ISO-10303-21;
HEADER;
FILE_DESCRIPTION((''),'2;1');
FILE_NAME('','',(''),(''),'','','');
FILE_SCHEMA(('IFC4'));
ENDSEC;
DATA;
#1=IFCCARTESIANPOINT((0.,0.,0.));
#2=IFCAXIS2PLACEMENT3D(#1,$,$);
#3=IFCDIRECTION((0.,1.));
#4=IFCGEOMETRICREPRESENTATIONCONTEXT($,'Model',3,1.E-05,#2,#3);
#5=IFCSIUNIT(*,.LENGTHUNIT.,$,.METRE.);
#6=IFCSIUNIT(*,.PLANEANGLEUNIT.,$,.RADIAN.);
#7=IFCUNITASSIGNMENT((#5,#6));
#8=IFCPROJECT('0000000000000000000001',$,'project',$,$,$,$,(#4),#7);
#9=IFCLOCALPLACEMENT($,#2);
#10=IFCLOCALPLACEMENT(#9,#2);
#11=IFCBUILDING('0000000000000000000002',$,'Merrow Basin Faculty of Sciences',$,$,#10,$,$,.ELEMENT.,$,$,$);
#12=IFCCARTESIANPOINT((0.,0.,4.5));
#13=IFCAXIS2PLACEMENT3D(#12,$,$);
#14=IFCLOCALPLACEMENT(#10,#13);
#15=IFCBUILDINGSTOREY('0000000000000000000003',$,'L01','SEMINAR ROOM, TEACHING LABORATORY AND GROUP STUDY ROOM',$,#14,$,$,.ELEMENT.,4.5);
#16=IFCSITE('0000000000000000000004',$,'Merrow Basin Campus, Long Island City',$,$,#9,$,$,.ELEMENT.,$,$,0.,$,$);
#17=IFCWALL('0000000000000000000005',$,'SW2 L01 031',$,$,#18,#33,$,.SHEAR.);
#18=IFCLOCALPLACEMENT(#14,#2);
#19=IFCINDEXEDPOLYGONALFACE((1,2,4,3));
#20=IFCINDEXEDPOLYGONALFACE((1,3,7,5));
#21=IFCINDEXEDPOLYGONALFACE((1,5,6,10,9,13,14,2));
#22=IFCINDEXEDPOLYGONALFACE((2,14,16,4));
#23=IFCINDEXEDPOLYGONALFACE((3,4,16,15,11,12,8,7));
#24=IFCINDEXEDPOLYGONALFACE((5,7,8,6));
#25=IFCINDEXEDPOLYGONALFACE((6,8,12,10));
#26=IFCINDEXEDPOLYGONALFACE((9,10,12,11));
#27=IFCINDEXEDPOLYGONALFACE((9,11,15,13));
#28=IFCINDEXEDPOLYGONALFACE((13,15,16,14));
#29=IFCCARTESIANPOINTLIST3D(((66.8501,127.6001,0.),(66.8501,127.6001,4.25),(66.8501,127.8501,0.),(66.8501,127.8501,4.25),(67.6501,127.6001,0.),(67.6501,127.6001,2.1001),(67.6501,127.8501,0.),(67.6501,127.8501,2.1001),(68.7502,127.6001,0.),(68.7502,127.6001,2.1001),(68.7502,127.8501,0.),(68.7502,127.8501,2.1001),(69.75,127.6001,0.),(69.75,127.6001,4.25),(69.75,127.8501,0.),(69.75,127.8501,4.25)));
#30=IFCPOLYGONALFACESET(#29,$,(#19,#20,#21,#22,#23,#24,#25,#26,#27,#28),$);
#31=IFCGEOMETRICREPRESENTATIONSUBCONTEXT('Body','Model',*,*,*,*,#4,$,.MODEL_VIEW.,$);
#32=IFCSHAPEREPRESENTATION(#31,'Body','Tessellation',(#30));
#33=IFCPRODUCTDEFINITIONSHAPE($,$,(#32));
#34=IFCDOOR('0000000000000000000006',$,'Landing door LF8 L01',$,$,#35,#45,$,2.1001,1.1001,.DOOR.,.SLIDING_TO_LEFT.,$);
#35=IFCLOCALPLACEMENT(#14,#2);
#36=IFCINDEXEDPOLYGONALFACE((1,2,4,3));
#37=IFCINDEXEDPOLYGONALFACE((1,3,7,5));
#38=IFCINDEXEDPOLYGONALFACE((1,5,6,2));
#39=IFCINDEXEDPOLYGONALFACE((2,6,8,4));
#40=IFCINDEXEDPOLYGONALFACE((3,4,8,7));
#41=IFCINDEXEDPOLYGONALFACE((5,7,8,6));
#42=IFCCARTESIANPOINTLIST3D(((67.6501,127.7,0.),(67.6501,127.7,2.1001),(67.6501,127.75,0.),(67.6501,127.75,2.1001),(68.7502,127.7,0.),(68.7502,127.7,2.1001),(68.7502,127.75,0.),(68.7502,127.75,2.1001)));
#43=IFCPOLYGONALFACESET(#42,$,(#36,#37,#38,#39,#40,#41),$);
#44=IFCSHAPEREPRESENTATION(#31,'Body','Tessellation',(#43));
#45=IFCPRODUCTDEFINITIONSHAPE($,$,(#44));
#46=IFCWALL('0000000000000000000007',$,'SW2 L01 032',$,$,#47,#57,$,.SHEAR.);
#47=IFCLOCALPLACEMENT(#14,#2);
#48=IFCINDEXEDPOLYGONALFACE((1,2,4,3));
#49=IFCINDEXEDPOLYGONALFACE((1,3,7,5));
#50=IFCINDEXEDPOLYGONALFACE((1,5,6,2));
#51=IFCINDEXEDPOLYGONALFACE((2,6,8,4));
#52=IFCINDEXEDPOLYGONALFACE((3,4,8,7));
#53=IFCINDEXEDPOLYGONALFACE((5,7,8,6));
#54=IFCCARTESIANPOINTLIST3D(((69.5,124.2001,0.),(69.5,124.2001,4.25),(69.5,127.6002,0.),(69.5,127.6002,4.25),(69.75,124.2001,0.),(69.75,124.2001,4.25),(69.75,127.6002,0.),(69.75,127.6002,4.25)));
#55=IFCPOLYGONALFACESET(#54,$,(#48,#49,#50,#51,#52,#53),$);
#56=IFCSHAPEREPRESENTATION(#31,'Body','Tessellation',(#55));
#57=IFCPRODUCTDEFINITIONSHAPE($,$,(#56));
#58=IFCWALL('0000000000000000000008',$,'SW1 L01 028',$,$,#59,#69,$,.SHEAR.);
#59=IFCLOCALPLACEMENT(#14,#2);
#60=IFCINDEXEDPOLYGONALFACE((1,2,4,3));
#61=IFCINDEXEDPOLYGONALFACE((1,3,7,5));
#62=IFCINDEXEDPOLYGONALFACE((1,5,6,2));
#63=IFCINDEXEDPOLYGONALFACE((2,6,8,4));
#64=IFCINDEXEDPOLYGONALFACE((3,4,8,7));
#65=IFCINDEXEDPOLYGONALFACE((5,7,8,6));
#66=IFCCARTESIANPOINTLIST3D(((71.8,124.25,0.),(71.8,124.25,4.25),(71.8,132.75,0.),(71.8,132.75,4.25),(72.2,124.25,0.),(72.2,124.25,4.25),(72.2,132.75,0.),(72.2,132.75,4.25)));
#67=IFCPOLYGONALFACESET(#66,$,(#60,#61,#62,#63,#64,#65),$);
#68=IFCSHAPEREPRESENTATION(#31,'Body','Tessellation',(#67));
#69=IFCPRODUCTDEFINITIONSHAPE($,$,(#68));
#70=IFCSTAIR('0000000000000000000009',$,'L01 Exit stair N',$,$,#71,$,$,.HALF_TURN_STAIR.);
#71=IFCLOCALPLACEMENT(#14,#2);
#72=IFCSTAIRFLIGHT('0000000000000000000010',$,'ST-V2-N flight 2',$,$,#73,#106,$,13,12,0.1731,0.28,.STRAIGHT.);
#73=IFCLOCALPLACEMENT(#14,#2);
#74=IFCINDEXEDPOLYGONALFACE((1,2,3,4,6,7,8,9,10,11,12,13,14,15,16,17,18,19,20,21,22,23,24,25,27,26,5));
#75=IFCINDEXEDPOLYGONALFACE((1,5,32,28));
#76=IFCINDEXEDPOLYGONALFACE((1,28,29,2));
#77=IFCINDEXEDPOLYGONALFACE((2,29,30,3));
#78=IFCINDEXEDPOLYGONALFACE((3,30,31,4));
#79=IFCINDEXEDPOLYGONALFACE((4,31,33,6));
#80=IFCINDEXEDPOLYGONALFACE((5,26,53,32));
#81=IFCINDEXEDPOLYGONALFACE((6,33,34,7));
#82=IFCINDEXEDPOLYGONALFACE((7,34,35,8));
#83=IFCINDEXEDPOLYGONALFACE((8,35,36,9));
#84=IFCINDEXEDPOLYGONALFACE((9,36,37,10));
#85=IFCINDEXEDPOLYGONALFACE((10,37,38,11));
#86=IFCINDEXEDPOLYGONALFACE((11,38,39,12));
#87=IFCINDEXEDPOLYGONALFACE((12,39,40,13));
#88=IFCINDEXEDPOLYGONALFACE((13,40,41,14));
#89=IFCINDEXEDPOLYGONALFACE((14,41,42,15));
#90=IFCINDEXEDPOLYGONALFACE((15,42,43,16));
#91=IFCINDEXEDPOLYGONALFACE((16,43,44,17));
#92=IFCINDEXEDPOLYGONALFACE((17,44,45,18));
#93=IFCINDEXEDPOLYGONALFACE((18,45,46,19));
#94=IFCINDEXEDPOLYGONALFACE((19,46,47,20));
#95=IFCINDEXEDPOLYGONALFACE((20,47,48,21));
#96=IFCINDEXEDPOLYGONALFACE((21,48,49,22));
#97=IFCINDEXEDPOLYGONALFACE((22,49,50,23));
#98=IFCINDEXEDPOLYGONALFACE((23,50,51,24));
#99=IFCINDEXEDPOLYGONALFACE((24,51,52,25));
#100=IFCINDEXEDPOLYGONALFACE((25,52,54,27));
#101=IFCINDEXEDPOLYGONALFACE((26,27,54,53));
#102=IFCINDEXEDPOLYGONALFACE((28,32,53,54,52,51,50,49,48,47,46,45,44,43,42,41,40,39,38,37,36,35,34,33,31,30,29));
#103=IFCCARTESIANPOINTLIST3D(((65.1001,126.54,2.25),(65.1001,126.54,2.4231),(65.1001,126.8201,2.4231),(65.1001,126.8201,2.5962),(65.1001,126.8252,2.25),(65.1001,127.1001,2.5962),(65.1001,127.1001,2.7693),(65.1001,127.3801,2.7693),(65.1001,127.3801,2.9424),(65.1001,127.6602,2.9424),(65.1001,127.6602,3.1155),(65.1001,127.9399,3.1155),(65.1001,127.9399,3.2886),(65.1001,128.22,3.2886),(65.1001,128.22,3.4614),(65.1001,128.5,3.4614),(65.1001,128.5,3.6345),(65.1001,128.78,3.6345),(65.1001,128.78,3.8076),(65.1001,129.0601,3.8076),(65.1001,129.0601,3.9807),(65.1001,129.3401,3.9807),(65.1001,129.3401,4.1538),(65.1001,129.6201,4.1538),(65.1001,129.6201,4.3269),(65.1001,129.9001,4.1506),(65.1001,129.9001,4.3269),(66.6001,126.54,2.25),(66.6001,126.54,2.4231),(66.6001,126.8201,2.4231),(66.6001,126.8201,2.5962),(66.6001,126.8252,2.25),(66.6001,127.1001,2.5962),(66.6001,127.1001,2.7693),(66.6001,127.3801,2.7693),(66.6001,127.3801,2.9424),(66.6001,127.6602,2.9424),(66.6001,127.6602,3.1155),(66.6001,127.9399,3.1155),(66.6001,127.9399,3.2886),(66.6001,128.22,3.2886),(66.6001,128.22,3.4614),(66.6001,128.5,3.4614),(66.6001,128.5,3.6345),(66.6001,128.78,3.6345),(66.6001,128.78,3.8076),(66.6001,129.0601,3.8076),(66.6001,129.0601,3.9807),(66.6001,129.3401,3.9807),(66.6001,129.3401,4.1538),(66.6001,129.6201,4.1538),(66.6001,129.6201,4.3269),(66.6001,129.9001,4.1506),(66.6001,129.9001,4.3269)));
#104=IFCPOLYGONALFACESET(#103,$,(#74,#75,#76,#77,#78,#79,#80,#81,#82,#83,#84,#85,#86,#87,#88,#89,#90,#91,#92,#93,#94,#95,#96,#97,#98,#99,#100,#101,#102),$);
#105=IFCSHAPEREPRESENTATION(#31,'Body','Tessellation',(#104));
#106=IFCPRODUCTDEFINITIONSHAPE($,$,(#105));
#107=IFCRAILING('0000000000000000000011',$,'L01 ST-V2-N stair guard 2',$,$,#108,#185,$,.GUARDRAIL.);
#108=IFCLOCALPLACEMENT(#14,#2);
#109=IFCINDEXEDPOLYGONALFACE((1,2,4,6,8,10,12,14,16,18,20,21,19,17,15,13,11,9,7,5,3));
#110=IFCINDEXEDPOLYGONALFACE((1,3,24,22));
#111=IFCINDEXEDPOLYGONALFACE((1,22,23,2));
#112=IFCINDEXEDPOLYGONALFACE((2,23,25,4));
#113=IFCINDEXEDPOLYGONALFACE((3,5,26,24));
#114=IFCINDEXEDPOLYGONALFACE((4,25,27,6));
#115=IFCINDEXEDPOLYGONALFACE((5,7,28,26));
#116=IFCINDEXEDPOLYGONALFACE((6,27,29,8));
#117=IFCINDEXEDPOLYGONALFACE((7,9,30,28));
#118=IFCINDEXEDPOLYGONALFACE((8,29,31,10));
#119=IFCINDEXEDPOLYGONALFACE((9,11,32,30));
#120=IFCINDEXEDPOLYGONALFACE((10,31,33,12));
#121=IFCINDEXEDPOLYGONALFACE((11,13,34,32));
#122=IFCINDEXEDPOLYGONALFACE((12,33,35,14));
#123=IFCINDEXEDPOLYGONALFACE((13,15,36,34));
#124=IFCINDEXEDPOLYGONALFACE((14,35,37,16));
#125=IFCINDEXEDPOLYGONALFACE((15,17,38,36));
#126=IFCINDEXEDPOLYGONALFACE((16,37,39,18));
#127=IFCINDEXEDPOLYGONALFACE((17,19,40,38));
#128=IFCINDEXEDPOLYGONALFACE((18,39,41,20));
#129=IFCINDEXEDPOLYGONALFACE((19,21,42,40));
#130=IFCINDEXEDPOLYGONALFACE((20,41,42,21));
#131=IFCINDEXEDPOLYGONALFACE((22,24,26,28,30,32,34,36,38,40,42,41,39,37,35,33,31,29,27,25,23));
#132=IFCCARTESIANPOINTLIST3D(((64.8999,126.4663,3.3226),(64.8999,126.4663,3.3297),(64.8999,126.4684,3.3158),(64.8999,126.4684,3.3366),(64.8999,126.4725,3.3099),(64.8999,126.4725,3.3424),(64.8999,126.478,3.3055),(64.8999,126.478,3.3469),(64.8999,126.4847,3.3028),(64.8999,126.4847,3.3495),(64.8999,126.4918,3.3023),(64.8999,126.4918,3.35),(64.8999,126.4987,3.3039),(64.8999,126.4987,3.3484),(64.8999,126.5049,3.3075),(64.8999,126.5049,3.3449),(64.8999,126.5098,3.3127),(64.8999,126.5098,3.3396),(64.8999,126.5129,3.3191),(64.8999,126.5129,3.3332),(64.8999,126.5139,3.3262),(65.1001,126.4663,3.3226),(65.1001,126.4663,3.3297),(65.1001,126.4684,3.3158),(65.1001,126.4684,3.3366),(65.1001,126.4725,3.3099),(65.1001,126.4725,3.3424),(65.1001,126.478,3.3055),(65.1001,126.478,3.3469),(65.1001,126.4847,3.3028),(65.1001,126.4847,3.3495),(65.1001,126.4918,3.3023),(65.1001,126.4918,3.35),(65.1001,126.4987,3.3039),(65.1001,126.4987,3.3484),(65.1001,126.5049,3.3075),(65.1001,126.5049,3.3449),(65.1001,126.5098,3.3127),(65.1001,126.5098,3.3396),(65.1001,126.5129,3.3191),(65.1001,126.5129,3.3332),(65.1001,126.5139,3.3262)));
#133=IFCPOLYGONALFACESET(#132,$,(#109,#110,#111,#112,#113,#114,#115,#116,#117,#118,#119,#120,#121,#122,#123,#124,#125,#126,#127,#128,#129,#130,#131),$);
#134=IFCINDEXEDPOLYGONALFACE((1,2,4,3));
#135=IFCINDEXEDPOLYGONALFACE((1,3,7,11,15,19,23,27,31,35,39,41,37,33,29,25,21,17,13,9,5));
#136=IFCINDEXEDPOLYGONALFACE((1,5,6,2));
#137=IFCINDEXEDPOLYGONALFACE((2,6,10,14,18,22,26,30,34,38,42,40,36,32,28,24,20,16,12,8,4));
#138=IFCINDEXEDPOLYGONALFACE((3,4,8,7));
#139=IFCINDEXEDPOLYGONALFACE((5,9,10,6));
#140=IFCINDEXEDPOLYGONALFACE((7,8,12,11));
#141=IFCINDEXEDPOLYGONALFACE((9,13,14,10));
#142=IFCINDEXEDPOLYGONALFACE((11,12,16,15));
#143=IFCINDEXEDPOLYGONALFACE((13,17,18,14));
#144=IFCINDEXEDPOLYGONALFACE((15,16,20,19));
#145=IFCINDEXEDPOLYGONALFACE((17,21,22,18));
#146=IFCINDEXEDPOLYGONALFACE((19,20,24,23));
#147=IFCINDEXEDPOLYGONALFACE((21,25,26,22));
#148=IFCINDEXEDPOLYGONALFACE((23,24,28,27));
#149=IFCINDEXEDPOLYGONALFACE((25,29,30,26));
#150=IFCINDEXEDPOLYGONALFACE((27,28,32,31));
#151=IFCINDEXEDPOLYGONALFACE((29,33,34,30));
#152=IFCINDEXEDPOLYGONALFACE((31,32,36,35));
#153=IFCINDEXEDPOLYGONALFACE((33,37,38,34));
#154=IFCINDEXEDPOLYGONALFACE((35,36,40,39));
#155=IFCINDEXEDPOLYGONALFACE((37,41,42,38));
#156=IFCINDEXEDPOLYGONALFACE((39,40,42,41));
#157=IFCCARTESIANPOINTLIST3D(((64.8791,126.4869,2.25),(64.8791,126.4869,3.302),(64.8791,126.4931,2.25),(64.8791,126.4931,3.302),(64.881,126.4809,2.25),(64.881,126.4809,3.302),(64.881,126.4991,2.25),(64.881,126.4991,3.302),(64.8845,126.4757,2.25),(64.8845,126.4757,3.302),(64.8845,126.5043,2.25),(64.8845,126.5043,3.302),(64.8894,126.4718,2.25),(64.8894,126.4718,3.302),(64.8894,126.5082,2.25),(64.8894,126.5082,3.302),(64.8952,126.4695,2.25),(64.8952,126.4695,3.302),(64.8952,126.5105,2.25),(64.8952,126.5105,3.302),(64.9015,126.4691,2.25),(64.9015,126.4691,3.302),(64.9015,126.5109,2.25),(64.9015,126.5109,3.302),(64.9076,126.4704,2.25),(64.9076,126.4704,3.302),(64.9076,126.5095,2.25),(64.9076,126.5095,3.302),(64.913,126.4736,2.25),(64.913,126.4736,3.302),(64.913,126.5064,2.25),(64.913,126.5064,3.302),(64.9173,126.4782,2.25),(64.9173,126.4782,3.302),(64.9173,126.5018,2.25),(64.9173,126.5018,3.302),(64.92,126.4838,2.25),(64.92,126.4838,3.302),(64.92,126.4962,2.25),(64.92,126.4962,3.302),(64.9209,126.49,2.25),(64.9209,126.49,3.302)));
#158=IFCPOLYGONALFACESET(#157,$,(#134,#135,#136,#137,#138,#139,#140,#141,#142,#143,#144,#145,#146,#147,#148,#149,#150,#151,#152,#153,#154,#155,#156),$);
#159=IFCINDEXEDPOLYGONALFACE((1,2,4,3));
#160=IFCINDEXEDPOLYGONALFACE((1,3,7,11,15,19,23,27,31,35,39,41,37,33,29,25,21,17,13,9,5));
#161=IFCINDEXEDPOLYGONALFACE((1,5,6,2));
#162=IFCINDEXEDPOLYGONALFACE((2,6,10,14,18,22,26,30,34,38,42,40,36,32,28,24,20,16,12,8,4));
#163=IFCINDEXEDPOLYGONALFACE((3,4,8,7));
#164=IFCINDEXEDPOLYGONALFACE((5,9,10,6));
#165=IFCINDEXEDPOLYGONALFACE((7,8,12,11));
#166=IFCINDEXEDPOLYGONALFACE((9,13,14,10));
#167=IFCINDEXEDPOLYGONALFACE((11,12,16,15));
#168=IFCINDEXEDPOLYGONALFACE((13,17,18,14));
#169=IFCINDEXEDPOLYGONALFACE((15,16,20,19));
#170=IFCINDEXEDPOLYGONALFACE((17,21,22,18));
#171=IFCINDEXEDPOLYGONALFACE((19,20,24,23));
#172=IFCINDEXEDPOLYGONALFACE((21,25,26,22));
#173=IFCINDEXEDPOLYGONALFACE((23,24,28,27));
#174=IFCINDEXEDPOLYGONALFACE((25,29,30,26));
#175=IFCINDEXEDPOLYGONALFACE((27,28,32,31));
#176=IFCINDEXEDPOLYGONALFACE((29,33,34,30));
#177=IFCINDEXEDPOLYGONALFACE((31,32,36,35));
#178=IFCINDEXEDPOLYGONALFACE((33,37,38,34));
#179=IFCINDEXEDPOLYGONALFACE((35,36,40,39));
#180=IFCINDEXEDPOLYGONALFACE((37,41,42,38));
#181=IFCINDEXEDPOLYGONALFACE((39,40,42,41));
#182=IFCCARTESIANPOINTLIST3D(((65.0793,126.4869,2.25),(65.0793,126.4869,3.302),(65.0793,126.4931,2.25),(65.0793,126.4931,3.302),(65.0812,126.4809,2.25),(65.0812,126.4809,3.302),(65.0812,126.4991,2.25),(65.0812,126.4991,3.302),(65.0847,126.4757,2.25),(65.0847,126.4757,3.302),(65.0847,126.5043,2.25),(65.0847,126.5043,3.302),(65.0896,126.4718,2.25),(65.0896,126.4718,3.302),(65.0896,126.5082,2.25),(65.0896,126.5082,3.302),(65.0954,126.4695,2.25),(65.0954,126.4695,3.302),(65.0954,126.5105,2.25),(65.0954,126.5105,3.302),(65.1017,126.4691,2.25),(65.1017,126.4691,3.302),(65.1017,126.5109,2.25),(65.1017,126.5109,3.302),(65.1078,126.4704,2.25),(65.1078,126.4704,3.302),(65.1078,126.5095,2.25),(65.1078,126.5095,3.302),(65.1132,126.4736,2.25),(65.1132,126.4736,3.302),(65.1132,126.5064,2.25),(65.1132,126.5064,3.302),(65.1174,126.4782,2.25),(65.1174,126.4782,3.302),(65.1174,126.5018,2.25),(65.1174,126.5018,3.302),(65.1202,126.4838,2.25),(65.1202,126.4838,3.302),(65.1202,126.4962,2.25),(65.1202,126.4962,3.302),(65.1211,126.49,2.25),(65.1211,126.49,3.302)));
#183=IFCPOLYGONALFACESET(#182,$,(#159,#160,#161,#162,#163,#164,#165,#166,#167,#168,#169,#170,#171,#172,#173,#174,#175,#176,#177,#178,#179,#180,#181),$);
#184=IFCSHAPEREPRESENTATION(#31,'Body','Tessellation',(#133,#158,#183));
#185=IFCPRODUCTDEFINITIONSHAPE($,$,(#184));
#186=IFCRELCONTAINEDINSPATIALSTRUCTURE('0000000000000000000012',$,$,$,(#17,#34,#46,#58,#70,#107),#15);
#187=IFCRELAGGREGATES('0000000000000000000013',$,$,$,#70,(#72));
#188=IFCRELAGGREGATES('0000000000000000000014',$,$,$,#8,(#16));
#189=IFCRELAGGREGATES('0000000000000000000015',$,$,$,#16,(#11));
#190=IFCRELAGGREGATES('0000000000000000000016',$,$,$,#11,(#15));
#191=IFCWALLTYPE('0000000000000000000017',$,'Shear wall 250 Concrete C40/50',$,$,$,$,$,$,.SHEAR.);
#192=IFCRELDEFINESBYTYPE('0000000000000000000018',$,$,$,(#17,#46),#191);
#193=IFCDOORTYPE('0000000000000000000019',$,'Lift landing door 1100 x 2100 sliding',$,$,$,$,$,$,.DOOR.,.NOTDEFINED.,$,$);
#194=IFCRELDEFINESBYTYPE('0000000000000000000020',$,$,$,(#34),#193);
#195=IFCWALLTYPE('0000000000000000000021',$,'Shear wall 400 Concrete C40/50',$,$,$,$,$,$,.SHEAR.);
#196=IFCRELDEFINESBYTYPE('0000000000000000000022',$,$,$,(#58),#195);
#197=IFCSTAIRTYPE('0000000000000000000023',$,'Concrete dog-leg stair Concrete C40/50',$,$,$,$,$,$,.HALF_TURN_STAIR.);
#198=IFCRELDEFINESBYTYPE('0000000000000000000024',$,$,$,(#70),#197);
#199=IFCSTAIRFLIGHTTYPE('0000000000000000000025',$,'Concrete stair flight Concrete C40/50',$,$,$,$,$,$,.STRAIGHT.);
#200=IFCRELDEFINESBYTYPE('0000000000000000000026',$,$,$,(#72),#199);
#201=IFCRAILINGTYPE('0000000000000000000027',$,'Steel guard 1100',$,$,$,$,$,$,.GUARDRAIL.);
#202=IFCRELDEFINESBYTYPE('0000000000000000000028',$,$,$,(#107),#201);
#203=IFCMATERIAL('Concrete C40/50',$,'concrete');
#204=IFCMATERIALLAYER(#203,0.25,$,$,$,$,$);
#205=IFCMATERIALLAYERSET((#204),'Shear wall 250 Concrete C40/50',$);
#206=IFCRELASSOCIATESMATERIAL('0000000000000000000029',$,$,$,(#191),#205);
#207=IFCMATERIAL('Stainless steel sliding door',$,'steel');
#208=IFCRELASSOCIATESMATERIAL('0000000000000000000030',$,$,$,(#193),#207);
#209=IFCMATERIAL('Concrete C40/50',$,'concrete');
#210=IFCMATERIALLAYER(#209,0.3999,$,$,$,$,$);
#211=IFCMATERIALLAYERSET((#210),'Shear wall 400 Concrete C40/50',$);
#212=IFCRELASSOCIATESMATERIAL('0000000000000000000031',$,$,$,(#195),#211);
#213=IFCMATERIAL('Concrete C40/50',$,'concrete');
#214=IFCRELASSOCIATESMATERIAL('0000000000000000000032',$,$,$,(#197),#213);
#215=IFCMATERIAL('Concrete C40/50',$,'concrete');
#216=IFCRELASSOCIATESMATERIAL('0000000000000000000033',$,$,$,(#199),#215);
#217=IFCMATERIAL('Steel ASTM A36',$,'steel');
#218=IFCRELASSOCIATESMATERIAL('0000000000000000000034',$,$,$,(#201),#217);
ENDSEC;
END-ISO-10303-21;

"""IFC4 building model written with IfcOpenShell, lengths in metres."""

from ifc_helpers import new_model, si_unit, direction, frame, frame_2d, origin, origin_2d, place, context, subcontext, project, spatial, polyline, rectangle, circle, outline, extrude, material, layer, layer_set, type_object, element, fill, aggregate, save


model = new_model("IFC4")

# Units and contexts
model_context = context("Model", 3, precision=1e-05, world=origin(), true_north=direction((0.0, 1.0)))
body_context = subcontext(model_context, "Body", "Model", "MODEL_VIEW")
ifc_project = project(units=[si_unit("LENGTHUNIT", "METRE"), si_unit("PLANEANGLEUNIT", "RADIAN")], contexts=[model_context])

# Site, building, storey
site_placement = place(None, origin())
site = spatial("IfcSite", under=ifc_project, at=site_placement, Name="Merrow Basin Campus, Long Island City", CompositionType="ELEMENT", RefElevation=0.0)
building_placement = place(site_placement, origin())
building = spatial("IfcBuilding", under=site, at=building_placement, Name="Merrow Basin Faculty of Sciences", CompositionType="ELEMENT")
storey_placement = place(building_placement, frame((0.0, 0.0, 4.5)))
storey = spatial("IfcBuildingStorey", under=building, at=storey_placement, Name="L01", Description="SEMINAR ROOM, TEACHING LABORATORY AND GROUP STUDY ROOM", CompositionType="ELEMENT", Elevation=4.5)

# Wall, opening, door
ifc_material_1 = material(Name="Concrete C40/50", Category="concrete")
ifc_layer_1 = layer(ifc_material_1, 0.25)
ifc_layer_set_1 = layer_set([ifc_layer_1], Name="Shear wall 250 Concrete C40/50")
wall_type_1 = type_object("IfcWallType", Name="Shear wall 250 Concrete C40/50", PredefinedType="SHEAR", material=ifc_layer_set_1)
wall_1_placement = place(storey_placement, frame((66.8501, 127.7251, 0.0), z_axis=(0.0, 0.0, 1.0), x_axis=(1.0, 0.0, 0.0)))
wall_1 = element("IfcWall", 1, at=wall_1_placement, inside=storey, type_object=wall_type_1, Name="SW2 L01 031", PredefinedType="SHEAR", context=body_context, shape_type="SweptSolid", body=[
    extrude(rectangle(XDim=2.8999, YDim=0.25, at=frame_2d((1.45, 0.0))), origin(), (0.0, 0.0, 1.0), 4.25),
])
opening_1_placement = place(wall_1_placement, frame((0.8, 0.0, 0.0)))
opening_1 = element("IfcOpeningElement", 2, at=opening_1_placement, cuts=wall_1, PredefinedType="OPENING", context=body_context, shape_type="SweptSolid", body=[
    extrude(rectangle(XDim=1.1001, YDim=2.1001, at=frame_2d((0.55, 1.05))), frame((0.0, 0.135, 0.0), z_axis=(0.0, -1.0, 0.0), x_axis=(1.0, 0.0, 0.0)), (0.0, 0.0, 1.0), 0.27),
])
ifc_material_2 = material(Name="Stainless steel sliding door", Category="steel")
door_type_1 = type_object("IfcDoorType", Name="Lift landing door 1100 x 2100 sliding", OperationType="NOTDEFINED", PredefinedType="DOOR", material=ifc_material_2)
door_1_placement = place(opening_1_placement, origin())
door_1 = element("IfcDoor", 3, at=door_1_placement, inside=storey, type_object=door_type_1, Name="Landing door LF8 L01", OperationType="SLIDING_TO_LEFT", OverallHeight=2.1001, OverallWidth=1.1001, PredefinedType="DOOR", context=body_context, shape_type="SweptSolid", body=[
    extrude(rectangle(XDim=1.1001, YDim=2.1001, at=frame_2d((0.55, 1.05))), frame((0.0, 0.0249, 0.0), z_axis=(0.0, -1.0, 0.0), x_axis=(1.0, 0.0, 0.0)), (0.0, 0.0, 1.0), 0.05),
])
fill(opening_1, door_1)

# Walls
wall_2_placement = place(storey_placement, frame((69.625, 124.2, 0.0), z_axis=(0.0, 0.0, 1.0), x_axis=(0.0, 1.0, 0.0)))
element("IfcWall", 4, at=wall_2_placement, inside=storey, type_object=wall_type_1, Name="SW2 L01 032", PredefinedType="SHEAR", context=body_context, shape_type="SweptSolid", body=[
    extrude(rectangle(XDim=3.4001, YDim=0.25, at=frame_2d((1.7002, 0.0))), origin(), (0.0, 0.0, 1.0), 4.25),
])
ifc_material_3 = material(Name="Concrete C40/50", Category="concrete")
ifc_layer_2 = layer(ifc_material_3, 0.3999)
ifc_layer_set_2 = layer_set([ifc_layer_2], Name="Shear wall 400 Concrete C40/50")
wall_type_2 = type_object("IfcWallType", Name="Shear wall 400 Concrete C40/50", PredefinedType="SHEAR", material=ifc_layer_set_2)
wall_3_placement = place(storey_placement, frame((72.0, 124.25, 0.0), z_axis=(0.0, 0.0, 1.0), x_axis=(0.0, 1.0, 0.0)))
element("IfcWall", 5, at=wall_3_placement, inside=storey, type_object=wall_type_2, Name="SW1 L01 028", PredefinedType="SHEAR", context=body_context, shape_type="SweptSolid", body=[
    extrude(rectangle(XDim=8.5, YDim=0.3999, at=frame_2d((4.25, 0.0))), origin(), (0.0, 0.0, 1.0), 4.25),
])

# Stair, stair flight
ifc_material_4 = material(Name="Concrete C40/50", Category="concrete")
stair_type = type_object("IfcStairType", Name="Concrete dog-leg stair Concrete C40/50", PredefinedType="HALF_TURN_STAIR", material=ifc_material_4)
stair_placement = place(storey_placement, origin())
stair = element("IfcStair", 6, at=stair_placement, inside=storey, type_object=stair_type, Name="L01 Exit stair N", PredefinedType="HALF_TURN_STAIR")
ifc_material_5 = material(Name="Concrete C40/50", Category="concrete")
stair_flight_type = type_object("IfcStairFlightType", Name="Concrete stair flight Concrete C40/50", PredefinedType="STRAIGHT", material=ifc_material_5)
stair_flight_placement = place(storey_placement, frame((65.8501, 126.54, 2.25), z_axis=(0.0, 0.0, 1.0), x_axis=(0.0, 1.0, 0.0)))
stair_flight = element("IfcStairFlight", 7, at=stair_flight_placement, type_object=stair_flight_type, Name="ST-V2-N flight 2", NumberOfRisers=13, NumberOfTreads=12, PredefinedType="STRAIGHT", RiserHeight=0.1731, TreadLength=0.28, context=body_context, shape_type="SweptSolid", body=[
    extrude(outline(polyline([(0.0, 0.0), (0.0, 0.1731), (0.28, 0.1731), (0.28, 0.3462), (0.5601, 0.3462), (0.5601, 0.5193), (0.8401, 0.5193), (0.8401, 0.6924), (1.1201, 0.6924), (1.1201, 0.8655), (1.3999, 0.8655), (1.3999, 1.0386), (1.6799, 1.0386), (1.6799, 1.2114), (1.96, 1.2114), (1.96, 1.3845), (2.24, 1.3845), (2.24, 1.5576), (2.52, 1.5576), (2.52, 1.7307), (2.8, 1.7307), (2.8, 1.9038), (3.0801, 1.9038), (3.0801, 2.0769), (3.3601, 2.0769), (3.3601, 2.25), (3.3601, 1.9006), (0.2852, 0.0), (0.0, 0.0)])), frame((0.0, 0.75, 0.0), z_axis=(0.0, -1.0, 0.0), x_axis=(1.0, 0.0, 0.0)), (0.0, 0.0, 1.0), 1.5),
])
aggregate(stair, [stair_flight])

# Railing
ifc_material_6 = material(Name="Steel ASTM A36", Category="steel")
railing_type_1 = type_object("IfcRailingType", Name="Steel guard 1100", PredefinedType="GUARDRAIL", material=ifc_material_6)
railing_1_placement = place(storey_placement, frame((64.8999, 126.49, 2.25)))
element("IfcRailing", 8, at=railing_1_placement, inside=storey, type_object=railing_type_1, Name="L01 ST-V2-N stair guard 2", PredefinedType="GUARDRAIL", context=body_context, shape_type="SweptSolid", body=[
    extrude(circle(Radius=0.0239, at=origin_2d()), frame((0.0, 0.0, 1.0762), z_axis=(1.0, 0.0, 0.0), x_axis=(0.0, 1.0, 0.0)), (0.0, 0.0, 1.0), 0.2002),
    extrude(circle(Radius=0.021, at=origin_2d()), origin(), (0.0, 0.0, 1.0), 1.052),
    extrude(circle(Radius=0.021, at=origin_2d()), frame((0.2002, 0.0, 0.0)), (0.0, 0.0, 1.0), 1.052),
])

save(model, "model.ifc")
